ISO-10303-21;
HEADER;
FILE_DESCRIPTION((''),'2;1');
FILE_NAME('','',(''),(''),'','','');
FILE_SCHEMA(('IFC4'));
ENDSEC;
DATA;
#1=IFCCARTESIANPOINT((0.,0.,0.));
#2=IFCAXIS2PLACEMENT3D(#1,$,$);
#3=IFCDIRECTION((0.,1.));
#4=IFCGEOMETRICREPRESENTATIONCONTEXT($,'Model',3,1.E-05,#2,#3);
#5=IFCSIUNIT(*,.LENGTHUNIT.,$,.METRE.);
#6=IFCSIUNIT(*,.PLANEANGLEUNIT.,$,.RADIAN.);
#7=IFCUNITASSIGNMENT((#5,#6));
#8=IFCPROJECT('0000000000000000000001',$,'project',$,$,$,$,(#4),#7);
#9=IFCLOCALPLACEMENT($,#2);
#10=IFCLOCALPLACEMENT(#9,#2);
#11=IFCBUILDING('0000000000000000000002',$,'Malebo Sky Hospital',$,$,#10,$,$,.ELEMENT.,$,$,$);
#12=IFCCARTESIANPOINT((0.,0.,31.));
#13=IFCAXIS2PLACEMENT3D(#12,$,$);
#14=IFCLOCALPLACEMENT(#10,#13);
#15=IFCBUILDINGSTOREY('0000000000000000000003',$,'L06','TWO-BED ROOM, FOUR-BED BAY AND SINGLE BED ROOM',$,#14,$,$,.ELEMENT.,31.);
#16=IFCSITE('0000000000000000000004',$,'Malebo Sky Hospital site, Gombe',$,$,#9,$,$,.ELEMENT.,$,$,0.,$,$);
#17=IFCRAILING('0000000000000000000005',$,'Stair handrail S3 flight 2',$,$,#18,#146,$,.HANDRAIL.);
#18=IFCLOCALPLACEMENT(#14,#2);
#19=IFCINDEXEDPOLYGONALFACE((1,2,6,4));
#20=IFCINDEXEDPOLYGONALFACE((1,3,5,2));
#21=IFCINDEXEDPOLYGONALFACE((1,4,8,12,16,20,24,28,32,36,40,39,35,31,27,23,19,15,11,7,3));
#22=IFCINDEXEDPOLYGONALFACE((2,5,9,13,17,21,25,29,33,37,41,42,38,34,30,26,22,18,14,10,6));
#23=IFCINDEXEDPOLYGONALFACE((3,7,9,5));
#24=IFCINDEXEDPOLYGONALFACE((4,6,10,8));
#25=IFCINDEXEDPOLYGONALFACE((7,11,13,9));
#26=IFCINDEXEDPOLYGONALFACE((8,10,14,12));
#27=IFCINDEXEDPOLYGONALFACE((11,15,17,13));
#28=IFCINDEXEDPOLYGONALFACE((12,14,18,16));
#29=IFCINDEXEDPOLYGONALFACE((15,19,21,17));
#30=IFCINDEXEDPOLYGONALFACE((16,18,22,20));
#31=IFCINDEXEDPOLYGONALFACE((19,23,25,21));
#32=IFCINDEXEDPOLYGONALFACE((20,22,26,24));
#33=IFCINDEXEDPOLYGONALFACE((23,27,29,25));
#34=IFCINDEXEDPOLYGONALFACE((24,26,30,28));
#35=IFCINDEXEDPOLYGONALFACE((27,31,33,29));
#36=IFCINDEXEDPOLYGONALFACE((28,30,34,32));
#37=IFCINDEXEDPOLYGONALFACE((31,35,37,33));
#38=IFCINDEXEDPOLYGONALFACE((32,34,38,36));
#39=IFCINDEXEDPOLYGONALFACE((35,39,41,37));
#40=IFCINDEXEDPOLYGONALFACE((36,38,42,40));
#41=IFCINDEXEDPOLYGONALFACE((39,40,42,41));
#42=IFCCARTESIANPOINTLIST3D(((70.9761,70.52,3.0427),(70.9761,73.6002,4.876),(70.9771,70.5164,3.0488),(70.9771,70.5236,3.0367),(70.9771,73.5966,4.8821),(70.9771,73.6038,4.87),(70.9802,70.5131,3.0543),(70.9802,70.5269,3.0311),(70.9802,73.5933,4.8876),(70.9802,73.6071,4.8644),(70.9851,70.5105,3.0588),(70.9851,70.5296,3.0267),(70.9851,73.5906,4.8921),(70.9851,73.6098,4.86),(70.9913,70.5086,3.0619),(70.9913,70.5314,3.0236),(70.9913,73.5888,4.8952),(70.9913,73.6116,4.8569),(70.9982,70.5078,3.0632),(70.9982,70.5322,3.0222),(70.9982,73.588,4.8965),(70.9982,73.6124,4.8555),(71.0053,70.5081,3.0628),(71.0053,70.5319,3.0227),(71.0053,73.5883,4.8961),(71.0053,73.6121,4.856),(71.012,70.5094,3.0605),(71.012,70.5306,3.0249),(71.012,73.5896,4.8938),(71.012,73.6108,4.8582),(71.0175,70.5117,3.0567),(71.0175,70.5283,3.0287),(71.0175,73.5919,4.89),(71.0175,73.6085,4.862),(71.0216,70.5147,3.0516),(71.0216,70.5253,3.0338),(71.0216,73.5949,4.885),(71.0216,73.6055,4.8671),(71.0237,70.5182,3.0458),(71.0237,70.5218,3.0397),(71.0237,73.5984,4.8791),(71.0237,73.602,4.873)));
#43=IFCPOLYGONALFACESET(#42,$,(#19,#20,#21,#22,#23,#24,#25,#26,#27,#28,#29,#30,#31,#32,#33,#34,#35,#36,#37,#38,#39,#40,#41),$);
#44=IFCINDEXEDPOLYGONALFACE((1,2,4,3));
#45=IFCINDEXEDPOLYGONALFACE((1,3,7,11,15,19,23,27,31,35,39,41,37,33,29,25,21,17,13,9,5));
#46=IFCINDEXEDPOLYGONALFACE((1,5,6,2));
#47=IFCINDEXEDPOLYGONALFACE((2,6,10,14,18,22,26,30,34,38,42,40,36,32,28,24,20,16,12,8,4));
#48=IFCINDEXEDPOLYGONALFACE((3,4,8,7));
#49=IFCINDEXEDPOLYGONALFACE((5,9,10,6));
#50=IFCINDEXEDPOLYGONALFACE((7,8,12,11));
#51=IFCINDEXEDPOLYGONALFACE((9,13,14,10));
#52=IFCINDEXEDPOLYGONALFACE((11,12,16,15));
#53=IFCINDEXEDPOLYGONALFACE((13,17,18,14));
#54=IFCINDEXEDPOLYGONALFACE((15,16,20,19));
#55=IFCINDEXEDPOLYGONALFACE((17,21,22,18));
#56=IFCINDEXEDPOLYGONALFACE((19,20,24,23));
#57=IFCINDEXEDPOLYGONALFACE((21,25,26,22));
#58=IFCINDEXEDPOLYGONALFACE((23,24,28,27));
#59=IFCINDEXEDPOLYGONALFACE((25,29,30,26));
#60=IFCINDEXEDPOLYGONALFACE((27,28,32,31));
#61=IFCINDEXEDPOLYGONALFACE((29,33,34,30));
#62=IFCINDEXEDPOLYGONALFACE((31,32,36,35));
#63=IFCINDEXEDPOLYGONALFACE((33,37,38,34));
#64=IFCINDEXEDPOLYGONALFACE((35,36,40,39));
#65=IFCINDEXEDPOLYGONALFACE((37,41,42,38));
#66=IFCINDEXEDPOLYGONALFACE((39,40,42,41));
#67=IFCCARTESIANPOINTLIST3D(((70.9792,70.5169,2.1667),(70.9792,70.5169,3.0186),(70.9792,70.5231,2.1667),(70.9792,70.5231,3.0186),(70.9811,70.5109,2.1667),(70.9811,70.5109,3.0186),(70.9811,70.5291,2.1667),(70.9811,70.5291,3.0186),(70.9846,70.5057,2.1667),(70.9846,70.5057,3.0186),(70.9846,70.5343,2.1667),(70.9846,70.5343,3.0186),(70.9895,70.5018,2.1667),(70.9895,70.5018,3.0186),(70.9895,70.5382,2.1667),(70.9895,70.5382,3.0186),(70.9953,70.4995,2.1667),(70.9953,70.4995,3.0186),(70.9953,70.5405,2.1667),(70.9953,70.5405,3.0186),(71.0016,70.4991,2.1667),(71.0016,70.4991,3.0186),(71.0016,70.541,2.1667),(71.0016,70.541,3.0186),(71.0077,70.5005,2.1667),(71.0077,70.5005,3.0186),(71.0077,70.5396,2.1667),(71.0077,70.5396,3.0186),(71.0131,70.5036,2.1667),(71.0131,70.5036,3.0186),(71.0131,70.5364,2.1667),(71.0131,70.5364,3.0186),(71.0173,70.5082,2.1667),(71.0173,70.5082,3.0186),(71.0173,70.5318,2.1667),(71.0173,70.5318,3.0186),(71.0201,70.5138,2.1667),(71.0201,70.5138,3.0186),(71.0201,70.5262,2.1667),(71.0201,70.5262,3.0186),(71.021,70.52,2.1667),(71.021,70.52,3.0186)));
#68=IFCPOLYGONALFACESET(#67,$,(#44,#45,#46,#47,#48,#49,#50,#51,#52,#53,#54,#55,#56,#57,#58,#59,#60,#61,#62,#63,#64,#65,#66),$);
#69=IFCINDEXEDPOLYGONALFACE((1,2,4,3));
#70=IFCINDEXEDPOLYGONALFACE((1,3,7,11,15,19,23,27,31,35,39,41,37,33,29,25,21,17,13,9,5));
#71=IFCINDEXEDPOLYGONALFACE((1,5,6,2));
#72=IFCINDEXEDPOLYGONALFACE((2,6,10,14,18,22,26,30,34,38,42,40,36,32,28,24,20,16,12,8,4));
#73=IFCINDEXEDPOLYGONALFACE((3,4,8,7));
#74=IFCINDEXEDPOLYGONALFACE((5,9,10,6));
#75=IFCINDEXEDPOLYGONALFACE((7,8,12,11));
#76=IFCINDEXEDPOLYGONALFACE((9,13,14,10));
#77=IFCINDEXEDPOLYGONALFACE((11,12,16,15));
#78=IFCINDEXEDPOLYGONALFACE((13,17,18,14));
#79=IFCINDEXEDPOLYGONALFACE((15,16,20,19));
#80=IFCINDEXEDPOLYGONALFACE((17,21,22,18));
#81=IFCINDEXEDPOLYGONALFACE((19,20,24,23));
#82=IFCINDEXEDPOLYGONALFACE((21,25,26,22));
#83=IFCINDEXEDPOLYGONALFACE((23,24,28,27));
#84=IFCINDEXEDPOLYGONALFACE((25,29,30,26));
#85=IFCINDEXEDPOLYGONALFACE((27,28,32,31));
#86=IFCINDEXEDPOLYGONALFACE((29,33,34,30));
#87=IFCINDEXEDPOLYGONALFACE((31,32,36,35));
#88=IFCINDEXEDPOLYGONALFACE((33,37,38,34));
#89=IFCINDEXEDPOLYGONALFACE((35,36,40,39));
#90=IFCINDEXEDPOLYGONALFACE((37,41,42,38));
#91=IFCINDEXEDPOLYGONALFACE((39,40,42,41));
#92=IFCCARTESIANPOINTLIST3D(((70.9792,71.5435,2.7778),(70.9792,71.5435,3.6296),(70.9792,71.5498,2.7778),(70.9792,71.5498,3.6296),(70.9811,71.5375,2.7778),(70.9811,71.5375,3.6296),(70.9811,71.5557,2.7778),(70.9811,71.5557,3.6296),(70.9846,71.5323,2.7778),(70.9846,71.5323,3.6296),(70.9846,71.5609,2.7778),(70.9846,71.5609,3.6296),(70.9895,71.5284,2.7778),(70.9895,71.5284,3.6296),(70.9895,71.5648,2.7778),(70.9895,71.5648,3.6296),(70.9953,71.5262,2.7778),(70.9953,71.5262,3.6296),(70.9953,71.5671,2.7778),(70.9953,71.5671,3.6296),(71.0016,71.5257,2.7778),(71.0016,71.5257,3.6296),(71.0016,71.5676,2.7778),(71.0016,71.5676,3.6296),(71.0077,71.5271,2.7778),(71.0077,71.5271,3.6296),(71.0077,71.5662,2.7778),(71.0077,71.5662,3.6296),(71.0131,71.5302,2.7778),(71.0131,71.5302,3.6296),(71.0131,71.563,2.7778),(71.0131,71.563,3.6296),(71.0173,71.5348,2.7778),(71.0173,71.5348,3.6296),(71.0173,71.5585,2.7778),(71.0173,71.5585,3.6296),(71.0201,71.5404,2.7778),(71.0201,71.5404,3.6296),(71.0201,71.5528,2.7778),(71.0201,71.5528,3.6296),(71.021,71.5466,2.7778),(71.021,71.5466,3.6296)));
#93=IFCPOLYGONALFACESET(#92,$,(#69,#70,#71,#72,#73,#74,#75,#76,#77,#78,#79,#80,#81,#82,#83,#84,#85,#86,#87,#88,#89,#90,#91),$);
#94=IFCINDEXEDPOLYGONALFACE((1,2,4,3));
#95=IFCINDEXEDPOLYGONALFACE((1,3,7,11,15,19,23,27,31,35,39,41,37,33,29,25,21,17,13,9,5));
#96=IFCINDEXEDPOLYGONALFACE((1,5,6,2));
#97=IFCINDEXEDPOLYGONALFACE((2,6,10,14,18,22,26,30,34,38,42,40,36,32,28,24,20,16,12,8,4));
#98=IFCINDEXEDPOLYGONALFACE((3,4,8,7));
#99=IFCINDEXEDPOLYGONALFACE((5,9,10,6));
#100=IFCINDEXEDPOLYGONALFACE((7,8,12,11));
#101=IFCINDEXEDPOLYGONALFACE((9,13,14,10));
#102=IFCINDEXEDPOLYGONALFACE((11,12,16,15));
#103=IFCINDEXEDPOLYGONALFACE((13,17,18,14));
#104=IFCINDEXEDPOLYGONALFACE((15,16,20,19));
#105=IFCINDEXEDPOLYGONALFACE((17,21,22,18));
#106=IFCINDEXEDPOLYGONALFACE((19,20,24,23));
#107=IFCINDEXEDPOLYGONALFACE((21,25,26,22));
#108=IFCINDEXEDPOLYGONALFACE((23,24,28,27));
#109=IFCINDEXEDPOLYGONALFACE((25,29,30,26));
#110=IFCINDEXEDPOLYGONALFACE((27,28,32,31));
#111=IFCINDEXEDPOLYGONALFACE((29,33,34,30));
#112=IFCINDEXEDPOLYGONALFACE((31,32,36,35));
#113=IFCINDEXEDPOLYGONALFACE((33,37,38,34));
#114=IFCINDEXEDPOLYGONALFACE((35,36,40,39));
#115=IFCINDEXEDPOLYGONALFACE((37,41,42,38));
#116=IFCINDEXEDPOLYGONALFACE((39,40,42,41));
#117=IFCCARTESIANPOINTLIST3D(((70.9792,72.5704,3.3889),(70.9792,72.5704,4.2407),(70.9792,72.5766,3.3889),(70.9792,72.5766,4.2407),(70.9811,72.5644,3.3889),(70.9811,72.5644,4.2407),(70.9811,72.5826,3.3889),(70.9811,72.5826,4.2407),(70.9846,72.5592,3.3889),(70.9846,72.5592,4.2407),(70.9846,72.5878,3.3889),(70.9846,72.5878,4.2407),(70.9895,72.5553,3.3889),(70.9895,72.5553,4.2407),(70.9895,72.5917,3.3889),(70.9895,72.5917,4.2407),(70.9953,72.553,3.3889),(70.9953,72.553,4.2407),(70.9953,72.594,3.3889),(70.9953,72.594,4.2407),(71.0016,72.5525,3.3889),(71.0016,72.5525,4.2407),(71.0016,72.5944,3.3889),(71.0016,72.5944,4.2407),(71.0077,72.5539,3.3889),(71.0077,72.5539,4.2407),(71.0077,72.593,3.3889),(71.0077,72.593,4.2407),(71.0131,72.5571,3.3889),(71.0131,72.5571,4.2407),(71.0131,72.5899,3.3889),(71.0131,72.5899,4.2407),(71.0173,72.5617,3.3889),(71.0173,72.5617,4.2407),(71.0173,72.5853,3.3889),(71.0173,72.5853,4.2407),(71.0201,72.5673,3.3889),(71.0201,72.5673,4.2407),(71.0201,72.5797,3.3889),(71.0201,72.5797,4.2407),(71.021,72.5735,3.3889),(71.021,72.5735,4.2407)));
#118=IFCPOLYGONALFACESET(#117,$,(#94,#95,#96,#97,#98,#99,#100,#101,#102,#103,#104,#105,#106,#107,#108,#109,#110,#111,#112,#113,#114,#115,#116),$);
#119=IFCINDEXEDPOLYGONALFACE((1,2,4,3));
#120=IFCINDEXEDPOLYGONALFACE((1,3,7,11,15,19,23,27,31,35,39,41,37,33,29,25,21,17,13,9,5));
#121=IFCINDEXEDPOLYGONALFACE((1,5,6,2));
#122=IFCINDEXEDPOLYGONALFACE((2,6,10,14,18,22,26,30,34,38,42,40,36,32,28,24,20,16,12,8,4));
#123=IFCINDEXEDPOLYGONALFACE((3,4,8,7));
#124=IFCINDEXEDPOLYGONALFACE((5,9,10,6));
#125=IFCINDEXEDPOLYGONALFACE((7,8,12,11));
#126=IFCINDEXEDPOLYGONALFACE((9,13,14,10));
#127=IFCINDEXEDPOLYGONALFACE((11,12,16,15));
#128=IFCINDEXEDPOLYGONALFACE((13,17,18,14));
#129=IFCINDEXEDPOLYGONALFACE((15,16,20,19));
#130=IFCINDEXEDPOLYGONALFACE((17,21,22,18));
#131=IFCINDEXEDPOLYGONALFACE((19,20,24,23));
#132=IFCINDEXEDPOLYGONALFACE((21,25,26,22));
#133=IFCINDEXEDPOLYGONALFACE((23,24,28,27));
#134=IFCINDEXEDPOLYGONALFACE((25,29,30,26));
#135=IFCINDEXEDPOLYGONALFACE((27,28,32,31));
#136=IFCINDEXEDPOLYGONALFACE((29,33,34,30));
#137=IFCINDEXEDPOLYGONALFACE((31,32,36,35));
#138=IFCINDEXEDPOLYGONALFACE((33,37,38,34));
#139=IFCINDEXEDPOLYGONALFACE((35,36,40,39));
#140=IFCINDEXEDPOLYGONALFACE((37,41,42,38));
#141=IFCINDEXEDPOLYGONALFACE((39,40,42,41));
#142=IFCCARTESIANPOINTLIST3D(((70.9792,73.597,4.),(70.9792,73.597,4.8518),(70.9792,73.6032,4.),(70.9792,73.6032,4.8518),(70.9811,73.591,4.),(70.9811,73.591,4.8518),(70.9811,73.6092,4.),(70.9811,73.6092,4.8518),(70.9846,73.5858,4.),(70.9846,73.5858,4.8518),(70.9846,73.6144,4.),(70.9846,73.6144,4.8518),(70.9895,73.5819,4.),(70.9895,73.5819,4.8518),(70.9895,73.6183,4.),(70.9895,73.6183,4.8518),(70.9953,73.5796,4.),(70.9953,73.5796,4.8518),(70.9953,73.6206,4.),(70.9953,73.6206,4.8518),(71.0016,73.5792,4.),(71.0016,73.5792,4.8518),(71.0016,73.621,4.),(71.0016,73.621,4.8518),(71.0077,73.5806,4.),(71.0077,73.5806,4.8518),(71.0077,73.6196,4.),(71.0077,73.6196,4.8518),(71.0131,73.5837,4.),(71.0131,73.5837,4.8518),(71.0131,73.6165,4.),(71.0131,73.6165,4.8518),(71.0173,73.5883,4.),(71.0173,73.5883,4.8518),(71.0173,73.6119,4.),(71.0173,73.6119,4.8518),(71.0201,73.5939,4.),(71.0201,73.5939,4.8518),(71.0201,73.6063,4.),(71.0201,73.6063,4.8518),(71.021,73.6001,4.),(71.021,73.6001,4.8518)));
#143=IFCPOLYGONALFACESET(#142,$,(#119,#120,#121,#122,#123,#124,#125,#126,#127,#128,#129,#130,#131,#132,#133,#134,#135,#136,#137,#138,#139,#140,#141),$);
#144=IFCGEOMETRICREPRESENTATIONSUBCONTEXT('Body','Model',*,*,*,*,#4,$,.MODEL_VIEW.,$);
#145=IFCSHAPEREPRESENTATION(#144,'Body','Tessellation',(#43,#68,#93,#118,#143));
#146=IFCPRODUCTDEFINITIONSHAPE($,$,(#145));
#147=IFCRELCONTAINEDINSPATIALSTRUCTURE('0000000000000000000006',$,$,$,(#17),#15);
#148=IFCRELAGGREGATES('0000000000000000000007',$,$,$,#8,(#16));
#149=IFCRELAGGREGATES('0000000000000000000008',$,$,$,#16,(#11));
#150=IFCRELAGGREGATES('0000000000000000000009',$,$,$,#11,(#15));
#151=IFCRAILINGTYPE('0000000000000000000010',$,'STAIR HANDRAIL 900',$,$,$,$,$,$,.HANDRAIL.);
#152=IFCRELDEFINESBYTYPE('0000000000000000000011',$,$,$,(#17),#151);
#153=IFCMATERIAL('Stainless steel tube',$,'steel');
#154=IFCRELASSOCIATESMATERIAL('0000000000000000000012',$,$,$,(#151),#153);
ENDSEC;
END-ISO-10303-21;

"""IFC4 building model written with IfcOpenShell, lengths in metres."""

from ifc_helpers import new_model, si_unit, direction, frame, origin, origin_2d, place, context, subcontext, project, spatial, circle, extrude, material, type_object, element, save


model = new_model("IFC4")

# Units and contexts
model_context = context("Model", 3, precision=1e-05, world=origin(), true_north=direction((0.0, 1.0)))
body_context = subcontext(model_context, "Body", "Model", "MODEL_VIEW")
ifc_project = project(units=[si_unit("LENGTHUNIT", "METRE"), si_unit("PLANEANGLEUNIT", "RADIAN")], contexts=[model_context])

# Site, building, storey
site_placement = place(None, origin())
site = spatial("IfcSite", under=ifc_project, at=site_placement, Name="Malebo Sky Hospital site, Gombe", CompositionType="ELEMENT", RefElevation=0.0)
building_placement = place(site_placement, origin())
building = spatial("IfcBuilding", under=site, at=building_placement, Name="Malebo Sky Hospital", CompositionType="ELEMENT")
storey_placement = place(building_placement, frame((0.0, 0.0, 31.0)))
storey = spatial("IfcBuildingStorey", under=building, at=storey_placement, Name="L06", Description="TWO-BED ROOM, FOUR-BED BAY AND SINGLE BED ROOM", CompositionType="ELEMENT", Elevation=31.0)

# Railing
ifc_material_1 = material(Name="Stainless steel tube", Category="steel")
railing_type = type_object("IfcRailingType", Name="STAIR HANDRAIL 900", PredefinedType="HANDRAIL", material=ifc_material_1)
railing_1_placement = place(storey_placement, frame((71.0, 70.52, 2.1667)))
element("IfcRailing", 1, at=railing_1_placement, inside=storey, type_object=railing_type, Name="Stair handrail S3 flight 2", PredefinedType="HANDRAIL", context=body_context, shape_type="SweptSolid", body=[
    extrude(circle(Radius=0.0239, at=origin_2d()), frame((0.0, 0.0, 0.876), z_axis=(0.0, 0.859309, 0.511458), x_axis=(-1.0, 0.0, 0.0)), (0.0, 0.0, 1.0), 3.5845),
    extrude(circle(Radius=0.021, at=origin_2d()), origin(), (0.0, 0.0, 1.0), 0.8518),
    extrude(circle(Radius=0.021, at=origin_2d()), frame((0.0, 1.0266, 0.6111)), (0.0, 0.0, 1.0), 0.8518),
    extrude(circle(Radius=0.021, at=origin_2d()), frame((0.0, 2.0535, 1.2222)), (0.0, 0.0, 1.0), 0.8518),
    extrude(circle(Radius=0.021, at=origin_2d()), frame((0.0, 3.0801, 1.8333)), (0.0, 0.0, 1.0), 0.8518),
])

save(model, "model.ifc")
